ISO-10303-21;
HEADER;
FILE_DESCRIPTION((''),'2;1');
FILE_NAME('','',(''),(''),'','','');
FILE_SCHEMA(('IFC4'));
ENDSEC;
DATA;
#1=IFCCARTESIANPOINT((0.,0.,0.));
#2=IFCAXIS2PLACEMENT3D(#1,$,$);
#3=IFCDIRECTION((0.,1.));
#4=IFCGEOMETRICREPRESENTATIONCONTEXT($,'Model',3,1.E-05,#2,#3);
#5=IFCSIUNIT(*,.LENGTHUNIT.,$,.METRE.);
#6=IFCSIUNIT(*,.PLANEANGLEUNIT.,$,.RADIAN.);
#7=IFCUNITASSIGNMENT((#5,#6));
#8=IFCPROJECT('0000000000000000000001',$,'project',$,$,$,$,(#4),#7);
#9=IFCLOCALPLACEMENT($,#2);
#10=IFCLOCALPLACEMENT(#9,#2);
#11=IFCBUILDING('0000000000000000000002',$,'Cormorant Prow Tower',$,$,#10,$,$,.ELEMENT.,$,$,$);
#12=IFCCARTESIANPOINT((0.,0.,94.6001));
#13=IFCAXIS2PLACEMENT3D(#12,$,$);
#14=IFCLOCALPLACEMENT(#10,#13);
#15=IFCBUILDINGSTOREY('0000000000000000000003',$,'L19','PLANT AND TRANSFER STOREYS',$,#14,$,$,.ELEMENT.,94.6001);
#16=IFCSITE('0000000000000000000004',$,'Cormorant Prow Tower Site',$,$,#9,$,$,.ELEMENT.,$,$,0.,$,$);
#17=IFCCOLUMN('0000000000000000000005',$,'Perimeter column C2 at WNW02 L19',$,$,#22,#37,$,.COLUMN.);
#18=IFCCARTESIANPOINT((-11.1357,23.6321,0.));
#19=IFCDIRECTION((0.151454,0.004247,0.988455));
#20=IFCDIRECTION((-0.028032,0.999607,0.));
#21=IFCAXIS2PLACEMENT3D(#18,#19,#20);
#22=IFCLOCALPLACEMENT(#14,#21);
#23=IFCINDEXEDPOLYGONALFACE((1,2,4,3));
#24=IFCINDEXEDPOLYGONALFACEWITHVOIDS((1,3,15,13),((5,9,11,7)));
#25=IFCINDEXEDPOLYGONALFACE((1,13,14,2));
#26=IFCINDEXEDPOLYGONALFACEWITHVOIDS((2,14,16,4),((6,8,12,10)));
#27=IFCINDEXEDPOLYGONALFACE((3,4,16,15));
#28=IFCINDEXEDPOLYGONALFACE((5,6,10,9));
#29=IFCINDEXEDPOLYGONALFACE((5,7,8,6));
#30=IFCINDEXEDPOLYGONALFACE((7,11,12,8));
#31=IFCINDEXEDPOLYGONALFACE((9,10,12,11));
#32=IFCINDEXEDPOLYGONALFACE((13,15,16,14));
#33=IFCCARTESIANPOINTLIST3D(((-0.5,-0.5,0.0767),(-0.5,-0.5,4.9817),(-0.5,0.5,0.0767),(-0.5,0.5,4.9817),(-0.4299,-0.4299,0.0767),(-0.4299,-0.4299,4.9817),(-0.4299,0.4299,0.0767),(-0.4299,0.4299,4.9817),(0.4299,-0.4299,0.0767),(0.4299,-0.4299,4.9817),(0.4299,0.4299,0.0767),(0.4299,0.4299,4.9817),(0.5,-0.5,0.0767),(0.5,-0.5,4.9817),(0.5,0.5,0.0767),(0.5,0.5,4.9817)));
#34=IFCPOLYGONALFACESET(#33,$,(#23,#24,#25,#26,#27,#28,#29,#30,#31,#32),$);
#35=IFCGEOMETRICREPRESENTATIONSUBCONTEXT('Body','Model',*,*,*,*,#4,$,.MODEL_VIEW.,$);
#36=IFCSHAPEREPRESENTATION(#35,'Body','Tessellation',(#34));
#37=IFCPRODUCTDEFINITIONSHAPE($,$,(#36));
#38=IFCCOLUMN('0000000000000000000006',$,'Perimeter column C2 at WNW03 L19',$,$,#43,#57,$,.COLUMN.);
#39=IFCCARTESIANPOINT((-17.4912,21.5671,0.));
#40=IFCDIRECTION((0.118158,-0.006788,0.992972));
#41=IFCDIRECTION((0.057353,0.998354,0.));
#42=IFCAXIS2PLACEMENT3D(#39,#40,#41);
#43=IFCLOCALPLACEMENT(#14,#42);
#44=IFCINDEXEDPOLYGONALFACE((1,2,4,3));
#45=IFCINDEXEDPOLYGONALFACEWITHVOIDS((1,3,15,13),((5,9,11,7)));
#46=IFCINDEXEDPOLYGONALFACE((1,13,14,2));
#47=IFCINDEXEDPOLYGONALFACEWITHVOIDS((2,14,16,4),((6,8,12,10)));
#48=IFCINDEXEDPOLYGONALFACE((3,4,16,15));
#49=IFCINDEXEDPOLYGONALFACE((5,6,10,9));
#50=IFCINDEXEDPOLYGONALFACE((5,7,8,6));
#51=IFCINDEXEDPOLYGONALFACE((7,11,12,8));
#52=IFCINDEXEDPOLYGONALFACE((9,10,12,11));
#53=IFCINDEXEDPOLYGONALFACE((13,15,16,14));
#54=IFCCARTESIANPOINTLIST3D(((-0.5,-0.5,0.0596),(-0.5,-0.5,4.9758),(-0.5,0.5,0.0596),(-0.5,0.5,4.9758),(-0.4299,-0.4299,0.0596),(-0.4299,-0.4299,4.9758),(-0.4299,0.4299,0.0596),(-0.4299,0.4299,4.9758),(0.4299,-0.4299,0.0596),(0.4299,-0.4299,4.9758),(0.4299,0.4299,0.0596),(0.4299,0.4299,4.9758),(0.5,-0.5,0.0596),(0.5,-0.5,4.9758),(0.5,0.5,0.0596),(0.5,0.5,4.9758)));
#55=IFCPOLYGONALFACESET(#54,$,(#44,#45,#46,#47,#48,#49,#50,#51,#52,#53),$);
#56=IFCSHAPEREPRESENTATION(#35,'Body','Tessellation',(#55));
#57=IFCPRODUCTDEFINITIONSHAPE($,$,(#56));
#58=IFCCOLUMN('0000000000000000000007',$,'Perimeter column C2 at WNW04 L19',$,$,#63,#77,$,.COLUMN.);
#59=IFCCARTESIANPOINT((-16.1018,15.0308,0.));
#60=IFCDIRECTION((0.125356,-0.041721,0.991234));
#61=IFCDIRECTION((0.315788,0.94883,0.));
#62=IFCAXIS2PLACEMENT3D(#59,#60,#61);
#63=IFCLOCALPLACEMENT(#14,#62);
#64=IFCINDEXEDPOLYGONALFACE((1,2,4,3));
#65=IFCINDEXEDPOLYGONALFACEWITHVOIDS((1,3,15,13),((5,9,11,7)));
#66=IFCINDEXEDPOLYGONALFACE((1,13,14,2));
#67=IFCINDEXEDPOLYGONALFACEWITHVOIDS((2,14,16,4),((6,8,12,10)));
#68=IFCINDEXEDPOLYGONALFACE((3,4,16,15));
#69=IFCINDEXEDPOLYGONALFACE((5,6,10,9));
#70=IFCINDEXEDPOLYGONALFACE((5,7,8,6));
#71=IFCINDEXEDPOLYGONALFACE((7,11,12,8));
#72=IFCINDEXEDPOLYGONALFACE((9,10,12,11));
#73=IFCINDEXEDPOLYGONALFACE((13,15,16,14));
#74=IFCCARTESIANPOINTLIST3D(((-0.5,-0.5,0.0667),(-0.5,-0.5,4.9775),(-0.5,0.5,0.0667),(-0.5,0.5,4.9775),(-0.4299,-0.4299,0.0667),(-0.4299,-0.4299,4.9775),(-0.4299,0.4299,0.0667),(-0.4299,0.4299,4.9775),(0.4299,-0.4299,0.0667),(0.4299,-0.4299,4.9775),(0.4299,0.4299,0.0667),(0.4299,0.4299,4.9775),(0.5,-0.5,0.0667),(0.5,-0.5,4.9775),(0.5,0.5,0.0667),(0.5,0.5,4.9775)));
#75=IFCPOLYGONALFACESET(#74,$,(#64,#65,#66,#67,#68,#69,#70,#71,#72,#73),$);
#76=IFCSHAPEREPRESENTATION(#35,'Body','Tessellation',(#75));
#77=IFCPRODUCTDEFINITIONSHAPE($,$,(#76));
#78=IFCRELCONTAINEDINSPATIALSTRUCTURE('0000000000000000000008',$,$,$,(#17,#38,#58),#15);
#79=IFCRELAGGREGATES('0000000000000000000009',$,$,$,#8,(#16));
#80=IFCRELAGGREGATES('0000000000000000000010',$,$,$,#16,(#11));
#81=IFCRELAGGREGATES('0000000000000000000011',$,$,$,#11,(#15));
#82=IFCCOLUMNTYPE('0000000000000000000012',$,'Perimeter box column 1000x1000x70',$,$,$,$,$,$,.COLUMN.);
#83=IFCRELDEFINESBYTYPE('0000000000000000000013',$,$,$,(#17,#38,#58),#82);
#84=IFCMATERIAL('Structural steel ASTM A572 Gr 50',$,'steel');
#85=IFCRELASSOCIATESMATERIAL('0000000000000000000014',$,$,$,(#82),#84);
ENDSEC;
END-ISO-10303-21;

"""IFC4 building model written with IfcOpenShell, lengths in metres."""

from ifc_helpers import new_model, si_unit, direction, frame, origin, origin_2d, place, context, subcontext, project, spatial, hollow_rectangle, extrude, material, material_profile, profile_set, type_object, element, save


model = new_model("IFC4")

# Units and contexts
model_context = context("Model", 3, precision=1e-05, world=origin(), true_north=direction((0.0, 1.0)))
body_context = subcontext(model_context, "Body", "Model", "MODEL_VIEW")
ifc_project = project(units=[si_unit("LENGTHUNIT", "METRE"), si_unit("PLANEANGLEUNIT", "RADIAN")], contexts=[model_context])

# Site, building, storey
site_placement = place(None, origin())
site = spatial("IfcSite", under=ifc_project, at=site_placement, Name="Cormorant Prow Tower Site", CompositionType="ELEMENT", RefElevation=0.0)
building_placement = place(site_placement, origin())
building = spatial("IfcBuilding", under=site, at=building_placement, Name="Cormorant Prow Tower", CompositionType="ELEMENT")
storey_placement = place(building_placement, frame((0.0, 0.0, 94.6001)))
storey = spatial("IfcBuildingStorey", under=building, at=storey_placement, Name="L19", Description="PLANT AND TRANSFER STOREYS", CompositionType="ELEMENT", Elevation=94.6001)

# Columns
ifc_material_1 = material(Name="Structural steel ASTM A572 Gr 50", Category="steel")
ifc_material_profile_1 = material_profile(ifc_material_1, hollow_rectangle(XDim=1.0, YDim=1.0, WallThickness=0.0701, at=origin_2d()), Name="Box 1000x1000x70")
ifc_profile_set_1 = profile_set([ifc_material_profile_1], Name="Structural steel ASTM A572 Gr 50")
column_type_1 = type_object("IfcColumnType", Name="Perimeter box column 1000x1000x70", PredefinedType="COLUMN", material=ifc_profile_set_1)
column_1_placement = place(storey_placement, frame((-11.1357, 23.6321, 0.0), z_axis=(0.151454, 0.004247, 0.988455), x_axis=(-0.028032, 0.999607, 0.0)))
element("IfcColumn", 1, at=column_1_placement, inside=storey, type_object=column_type_1, Name="Perimeter column C2 at WNW02 L19", PredefinedType="COLUMN", context=body_context, shape_type="SweptSolid", body=[
    extrude(hollow_rectangle(XDim=1.0, YDim=1.0, WallThickness=0.0701, at=origin_2d()), frame((0.0, 0.0, 0.0767)), (0.0, 0.0, 1.0), 4.905),
])
column_2_placement = place(storey_placement, frame((-17.4912, 21.5671, 0.0), z_axis=(0.118158, -0.006788, 0.992972), x_axis=(0.057353, 0.998354, 0.0)))
element("IfcColumn", 2, at=column_2_placement, inside=storey, type_object=column_type_1, Name="Perimeter column C2 at WNW03 L19", PredefinedType="COLUMN", context=body_context, shape_type="SweptSolid", body=[
    extrude(hollow_rectangle(XDim=1.0, YDim=1.0, WallThickness=0.0701, at=origin_2d()), frame((0.0, 0.0, 0.0596)), (0.0, 0.0, 1.0), 4.9163),
])
column_3_placement = place(storey_placement, frame((-16.1018, 15.0308, 0.0), z_axis=(0.125356, -0.041721, 0.991234), x_axis=(0.315788, 0.94883, 0.0)))
element("IfcColumn", 3, at=column_3_placement, inside=storey, type_object=column_type_1, Name="Perimeter column C2 at WNW04 L19", PredefinedType="COLUMN", context=body_context, shape_type="SweptSolid", body=[
    extrude(hollow_rectangle(XDim=1.0, YDim=1.0, WallThickness=0.0701, at=origin_2d()), frame((0.0, 0.0, 0.0667)), (0.0, 0.0, 1.0), 4.9109),
])

save(model, "model.ifc")
